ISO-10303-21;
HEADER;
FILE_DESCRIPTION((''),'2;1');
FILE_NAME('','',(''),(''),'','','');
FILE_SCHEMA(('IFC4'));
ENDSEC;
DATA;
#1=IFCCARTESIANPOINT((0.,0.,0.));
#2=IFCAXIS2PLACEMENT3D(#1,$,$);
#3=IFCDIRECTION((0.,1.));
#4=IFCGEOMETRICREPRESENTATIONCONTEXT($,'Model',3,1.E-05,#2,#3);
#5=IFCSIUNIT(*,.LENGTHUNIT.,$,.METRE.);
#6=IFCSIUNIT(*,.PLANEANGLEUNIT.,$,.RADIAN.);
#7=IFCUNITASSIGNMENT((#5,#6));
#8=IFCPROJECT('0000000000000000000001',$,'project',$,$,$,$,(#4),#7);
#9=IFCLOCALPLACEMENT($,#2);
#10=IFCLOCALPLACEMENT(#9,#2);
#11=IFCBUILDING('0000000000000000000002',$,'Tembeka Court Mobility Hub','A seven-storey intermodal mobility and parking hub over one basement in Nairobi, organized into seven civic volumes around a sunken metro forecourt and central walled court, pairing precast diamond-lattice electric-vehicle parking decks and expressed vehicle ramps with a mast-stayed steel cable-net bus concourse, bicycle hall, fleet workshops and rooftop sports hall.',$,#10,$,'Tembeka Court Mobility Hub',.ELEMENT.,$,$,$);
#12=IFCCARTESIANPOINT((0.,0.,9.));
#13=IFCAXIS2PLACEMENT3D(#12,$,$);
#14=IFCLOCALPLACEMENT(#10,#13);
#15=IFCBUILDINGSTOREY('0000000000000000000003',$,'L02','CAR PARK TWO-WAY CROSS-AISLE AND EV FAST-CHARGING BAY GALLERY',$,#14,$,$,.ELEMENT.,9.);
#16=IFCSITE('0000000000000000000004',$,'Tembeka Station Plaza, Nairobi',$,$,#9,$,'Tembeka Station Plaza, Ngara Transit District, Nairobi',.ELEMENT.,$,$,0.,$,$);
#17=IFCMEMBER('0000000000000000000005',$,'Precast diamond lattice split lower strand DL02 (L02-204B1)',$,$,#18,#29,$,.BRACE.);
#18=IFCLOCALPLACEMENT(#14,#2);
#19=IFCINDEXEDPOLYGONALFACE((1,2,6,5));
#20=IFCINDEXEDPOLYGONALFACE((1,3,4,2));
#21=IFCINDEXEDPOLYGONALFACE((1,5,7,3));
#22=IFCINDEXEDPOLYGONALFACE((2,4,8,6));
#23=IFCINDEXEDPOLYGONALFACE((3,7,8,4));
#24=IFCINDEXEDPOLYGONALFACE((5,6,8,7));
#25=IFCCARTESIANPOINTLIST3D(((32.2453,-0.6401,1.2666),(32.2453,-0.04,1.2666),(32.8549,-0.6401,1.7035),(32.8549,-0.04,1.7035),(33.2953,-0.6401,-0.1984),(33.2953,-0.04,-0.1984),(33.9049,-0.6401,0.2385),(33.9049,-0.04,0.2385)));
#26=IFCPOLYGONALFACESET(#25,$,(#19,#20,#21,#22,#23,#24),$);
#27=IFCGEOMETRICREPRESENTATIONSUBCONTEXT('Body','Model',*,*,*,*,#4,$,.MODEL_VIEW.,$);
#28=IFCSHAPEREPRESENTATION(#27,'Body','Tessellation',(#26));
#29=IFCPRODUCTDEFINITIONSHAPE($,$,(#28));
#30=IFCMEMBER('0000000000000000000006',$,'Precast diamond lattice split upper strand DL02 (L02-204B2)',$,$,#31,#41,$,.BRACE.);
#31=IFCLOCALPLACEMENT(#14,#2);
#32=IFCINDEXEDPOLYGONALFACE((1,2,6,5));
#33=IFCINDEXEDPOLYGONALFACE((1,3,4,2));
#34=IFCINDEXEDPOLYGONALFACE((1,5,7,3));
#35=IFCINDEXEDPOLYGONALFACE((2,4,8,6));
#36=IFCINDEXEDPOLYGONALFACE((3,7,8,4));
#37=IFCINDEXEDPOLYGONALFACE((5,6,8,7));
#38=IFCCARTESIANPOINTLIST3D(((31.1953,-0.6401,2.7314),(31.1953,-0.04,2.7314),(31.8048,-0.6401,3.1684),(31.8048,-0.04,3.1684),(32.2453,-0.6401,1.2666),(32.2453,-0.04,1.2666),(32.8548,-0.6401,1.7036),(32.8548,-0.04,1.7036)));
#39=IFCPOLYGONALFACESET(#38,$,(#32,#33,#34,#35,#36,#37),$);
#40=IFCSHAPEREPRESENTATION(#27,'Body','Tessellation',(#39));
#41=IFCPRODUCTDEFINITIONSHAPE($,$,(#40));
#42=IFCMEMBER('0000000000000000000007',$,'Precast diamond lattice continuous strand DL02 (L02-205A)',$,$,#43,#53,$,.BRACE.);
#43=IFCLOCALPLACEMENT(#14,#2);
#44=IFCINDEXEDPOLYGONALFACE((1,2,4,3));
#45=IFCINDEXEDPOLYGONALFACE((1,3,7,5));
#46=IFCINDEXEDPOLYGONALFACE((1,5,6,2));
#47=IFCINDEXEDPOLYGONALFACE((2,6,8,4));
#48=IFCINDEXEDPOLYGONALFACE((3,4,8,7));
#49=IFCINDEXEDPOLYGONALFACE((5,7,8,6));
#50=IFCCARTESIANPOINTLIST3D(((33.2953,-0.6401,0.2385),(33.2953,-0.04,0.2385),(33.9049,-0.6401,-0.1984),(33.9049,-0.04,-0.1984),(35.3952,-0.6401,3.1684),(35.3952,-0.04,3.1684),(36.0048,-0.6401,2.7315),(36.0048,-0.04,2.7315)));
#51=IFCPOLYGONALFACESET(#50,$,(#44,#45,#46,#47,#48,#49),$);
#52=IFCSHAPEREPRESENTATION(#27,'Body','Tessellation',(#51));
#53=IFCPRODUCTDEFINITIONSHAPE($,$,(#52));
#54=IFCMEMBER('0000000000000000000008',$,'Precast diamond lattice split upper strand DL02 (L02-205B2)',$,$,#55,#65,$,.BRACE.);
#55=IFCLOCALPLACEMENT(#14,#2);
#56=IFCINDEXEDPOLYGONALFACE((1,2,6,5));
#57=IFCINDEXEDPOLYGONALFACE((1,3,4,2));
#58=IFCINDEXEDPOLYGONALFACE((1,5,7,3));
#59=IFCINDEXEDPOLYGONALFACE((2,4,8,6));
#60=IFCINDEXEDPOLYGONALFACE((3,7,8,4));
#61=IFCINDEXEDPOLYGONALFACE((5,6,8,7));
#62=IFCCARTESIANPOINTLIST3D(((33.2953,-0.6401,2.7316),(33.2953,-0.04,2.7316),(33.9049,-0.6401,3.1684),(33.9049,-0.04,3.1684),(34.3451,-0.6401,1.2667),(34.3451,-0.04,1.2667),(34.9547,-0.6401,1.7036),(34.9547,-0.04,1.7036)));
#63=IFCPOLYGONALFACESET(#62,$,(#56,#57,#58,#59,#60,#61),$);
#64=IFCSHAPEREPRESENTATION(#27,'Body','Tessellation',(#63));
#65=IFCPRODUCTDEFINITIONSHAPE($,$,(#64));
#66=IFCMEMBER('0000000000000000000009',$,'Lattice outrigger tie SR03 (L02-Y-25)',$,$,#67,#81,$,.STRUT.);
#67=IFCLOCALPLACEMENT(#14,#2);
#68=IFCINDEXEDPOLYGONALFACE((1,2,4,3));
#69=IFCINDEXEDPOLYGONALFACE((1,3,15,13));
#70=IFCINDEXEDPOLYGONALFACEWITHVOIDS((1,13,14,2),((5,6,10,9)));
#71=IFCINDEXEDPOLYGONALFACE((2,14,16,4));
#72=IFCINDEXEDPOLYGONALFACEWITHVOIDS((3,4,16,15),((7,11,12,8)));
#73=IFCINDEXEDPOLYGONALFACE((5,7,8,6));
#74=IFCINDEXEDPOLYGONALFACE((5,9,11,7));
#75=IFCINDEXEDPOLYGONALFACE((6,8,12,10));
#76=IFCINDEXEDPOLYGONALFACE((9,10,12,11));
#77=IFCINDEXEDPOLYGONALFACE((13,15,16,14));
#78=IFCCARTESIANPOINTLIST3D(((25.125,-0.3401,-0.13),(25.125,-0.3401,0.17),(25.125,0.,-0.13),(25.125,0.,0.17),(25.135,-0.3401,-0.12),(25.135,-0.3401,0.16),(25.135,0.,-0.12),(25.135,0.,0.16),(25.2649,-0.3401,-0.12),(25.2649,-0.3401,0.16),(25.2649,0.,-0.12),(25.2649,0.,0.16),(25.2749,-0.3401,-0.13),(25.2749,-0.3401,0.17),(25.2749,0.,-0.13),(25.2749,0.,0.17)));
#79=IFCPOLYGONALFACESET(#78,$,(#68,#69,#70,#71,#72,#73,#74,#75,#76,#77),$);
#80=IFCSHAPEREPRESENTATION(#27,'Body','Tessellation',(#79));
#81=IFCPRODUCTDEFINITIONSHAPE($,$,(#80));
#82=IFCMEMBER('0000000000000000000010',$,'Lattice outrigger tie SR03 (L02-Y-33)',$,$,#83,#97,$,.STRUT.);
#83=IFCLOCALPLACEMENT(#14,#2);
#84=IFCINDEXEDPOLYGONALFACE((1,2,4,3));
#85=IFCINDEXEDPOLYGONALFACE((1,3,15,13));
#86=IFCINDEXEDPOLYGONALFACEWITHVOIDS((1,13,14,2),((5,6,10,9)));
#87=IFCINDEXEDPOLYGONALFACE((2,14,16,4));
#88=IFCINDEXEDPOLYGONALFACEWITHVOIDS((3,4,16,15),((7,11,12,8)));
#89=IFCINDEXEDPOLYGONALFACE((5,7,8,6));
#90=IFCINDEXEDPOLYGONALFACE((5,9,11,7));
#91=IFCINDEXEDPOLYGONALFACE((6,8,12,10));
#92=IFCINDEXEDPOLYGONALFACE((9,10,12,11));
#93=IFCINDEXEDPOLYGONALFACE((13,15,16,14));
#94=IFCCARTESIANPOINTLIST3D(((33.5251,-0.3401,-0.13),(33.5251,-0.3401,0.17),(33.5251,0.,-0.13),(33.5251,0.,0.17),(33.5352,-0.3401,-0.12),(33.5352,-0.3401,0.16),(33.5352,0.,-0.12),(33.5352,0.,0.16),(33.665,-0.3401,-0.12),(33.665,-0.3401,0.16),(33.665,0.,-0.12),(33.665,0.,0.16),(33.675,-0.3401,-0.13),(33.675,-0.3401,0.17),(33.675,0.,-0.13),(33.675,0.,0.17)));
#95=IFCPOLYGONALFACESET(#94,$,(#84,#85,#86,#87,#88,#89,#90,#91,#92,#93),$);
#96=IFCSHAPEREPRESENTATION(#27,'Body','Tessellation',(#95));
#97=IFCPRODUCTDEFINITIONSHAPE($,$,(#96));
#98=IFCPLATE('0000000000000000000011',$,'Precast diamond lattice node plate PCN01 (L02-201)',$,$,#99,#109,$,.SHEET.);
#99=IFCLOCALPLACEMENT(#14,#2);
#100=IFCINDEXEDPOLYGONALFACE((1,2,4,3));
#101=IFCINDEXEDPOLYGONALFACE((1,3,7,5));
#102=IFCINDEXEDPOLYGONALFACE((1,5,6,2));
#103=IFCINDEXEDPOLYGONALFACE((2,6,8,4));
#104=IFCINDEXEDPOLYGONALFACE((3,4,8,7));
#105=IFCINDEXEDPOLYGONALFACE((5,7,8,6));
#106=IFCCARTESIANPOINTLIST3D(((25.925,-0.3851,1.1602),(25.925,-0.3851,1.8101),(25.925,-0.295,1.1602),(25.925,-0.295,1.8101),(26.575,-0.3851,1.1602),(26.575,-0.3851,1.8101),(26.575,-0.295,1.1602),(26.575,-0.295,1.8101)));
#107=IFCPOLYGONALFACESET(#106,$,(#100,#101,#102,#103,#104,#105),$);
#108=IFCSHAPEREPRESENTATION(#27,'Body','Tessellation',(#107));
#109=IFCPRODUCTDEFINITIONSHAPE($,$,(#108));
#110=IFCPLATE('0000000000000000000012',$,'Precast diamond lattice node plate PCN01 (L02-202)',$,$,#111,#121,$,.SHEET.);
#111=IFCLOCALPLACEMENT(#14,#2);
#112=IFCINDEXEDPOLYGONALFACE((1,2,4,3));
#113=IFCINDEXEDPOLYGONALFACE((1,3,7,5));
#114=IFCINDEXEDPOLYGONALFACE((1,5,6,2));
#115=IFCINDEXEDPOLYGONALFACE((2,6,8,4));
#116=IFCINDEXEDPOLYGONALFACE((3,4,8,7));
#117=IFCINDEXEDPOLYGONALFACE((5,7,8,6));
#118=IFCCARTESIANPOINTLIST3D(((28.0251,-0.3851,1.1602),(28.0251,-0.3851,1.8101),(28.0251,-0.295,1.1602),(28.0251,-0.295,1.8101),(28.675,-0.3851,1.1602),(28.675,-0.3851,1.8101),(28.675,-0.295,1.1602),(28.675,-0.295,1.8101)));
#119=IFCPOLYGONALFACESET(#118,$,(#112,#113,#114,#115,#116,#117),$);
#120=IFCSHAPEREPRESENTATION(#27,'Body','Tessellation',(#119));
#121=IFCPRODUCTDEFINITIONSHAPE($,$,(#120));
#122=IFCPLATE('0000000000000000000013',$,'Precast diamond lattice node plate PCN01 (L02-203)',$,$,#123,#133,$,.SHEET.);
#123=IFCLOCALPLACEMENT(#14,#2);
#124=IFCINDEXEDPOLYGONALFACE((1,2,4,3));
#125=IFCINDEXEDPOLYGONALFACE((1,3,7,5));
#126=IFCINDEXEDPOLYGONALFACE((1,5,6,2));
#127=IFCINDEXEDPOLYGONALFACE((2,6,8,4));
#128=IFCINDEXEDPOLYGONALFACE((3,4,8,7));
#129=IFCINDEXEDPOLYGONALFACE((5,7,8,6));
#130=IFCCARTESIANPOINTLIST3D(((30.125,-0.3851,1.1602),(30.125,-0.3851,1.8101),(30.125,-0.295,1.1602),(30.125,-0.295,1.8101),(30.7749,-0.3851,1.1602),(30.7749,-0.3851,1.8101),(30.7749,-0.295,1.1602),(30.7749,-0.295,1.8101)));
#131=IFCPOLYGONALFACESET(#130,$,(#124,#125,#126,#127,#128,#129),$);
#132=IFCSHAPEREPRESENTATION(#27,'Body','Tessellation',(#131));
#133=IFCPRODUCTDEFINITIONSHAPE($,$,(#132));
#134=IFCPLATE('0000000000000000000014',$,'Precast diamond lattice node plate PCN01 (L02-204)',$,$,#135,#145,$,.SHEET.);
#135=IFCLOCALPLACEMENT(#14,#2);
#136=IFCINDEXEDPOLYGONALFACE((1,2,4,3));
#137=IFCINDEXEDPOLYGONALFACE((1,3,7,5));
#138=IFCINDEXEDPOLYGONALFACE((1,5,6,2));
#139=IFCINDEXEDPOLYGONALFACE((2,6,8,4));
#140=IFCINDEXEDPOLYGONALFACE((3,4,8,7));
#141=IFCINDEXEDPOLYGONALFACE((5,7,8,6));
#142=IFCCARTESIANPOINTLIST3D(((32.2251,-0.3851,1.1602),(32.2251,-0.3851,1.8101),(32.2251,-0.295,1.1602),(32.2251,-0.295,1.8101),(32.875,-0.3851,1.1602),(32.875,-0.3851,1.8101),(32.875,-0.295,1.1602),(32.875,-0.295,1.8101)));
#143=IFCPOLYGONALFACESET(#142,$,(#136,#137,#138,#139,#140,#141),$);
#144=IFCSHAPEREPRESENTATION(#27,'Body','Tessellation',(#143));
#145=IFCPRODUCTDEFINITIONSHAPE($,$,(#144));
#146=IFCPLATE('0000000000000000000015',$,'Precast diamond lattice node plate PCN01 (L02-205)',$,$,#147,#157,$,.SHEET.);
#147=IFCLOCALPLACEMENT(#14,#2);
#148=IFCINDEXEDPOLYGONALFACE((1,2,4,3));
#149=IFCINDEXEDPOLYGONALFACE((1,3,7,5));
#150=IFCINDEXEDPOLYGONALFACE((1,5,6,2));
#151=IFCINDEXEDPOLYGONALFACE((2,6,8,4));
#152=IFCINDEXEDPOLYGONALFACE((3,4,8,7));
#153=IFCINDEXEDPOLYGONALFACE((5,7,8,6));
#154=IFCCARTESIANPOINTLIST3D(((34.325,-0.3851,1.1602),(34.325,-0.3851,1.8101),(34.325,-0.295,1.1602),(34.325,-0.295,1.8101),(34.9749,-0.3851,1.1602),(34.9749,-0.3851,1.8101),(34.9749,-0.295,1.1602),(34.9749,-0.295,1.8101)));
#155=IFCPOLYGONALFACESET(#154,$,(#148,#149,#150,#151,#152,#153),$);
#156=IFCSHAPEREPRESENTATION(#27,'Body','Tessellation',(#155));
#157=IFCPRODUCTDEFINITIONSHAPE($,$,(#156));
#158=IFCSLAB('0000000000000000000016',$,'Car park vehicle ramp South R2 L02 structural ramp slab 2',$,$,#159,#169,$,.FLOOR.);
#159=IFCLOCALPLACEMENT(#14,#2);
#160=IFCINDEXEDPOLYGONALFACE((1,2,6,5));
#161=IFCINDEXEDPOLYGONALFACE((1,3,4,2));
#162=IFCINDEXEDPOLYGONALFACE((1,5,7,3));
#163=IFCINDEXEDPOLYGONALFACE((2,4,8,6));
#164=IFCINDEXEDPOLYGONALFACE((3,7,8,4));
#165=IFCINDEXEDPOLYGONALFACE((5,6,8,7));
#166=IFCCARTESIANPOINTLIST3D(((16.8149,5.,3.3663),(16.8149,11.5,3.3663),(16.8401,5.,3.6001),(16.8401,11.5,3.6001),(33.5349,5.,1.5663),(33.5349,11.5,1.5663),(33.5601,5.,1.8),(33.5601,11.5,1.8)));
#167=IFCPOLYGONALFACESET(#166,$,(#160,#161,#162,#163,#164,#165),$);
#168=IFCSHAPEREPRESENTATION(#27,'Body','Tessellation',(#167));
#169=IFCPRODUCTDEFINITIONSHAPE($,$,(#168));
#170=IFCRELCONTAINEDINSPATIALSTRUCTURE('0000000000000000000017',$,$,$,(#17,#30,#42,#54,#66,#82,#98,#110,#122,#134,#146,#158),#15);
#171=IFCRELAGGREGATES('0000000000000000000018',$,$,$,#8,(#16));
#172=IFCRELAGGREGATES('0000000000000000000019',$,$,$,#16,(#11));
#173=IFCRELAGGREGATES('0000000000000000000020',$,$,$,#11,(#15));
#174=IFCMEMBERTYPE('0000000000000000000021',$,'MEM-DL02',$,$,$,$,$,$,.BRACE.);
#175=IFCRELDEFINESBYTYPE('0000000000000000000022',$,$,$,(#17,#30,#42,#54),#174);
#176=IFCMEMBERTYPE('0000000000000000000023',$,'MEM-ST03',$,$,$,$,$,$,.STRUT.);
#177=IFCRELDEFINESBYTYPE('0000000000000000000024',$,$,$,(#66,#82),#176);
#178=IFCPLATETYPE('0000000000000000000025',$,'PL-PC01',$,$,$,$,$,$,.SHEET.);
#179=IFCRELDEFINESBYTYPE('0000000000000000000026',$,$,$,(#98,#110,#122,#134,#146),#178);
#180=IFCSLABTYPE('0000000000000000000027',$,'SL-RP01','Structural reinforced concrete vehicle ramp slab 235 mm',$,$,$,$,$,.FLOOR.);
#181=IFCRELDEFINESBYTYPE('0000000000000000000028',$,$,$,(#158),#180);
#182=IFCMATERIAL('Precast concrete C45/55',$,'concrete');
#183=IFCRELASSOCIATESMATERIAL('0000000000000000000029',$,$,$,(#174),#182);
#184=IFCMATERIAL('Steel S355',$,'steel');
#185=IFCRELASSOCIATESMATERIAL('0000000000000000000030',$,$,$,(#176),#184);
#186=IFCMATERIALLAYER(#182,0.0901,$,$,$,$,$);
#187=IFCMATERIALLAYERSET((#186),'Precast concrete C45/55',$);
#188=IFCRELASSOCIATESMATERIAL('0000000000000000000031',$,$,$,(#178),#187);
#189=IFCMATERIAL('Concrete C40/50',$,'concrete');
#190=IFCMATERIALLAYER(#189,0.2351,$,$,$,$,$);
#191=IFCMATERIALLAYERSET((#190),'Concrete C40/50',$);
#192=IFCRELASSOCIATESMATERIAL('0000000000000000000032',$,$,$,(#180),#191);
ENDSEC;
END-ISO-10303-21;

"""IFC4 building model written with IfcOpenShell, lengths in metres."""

from ifc_helpers import new_model, si_unit, direction, frame, origin, origin_2d, place, context, subcontext, project, spatial, polyline, rectangle, hollow_rectangle, outline, extrude, material, layer, layer_set, material_profile, profile_set, type_object, element, save


model = new_model("IFC4")

# Units and contexts
model_context = context("Model", 3, precision=1e-05, world=origin(), true_north=direction((0.0, 1.0)))
body_context = subcontext(model_context, "Body", "Model", "MODEL_VIEW")
ifc_project = project(units=[si_unit("LENGTHUNIT", "METRE"), si_unit("PLANEANGLEUNIT", "RADIAN")], contexts=[model_context])

# Site, building, storey
site_placement = place(None, origin())
site = spatial("IfcSite", under=ifc_project, at=site_placement, Name="Tembeka Station Plaza, Nairobi", LongName="Tembeka Station Plaza, Ngara Transit District, Nairobi", CompositionType="ELEMENT", RefElevation=0.0)
building_placement = place(site_placement, origin())
building = spatial("IfcBuilding", under=site, at=building_placement, Name="Tembeka Court Mobility Hub", Description="A seven-storey intermodal mobility and parking hub over one basement in Nairobi, organized into seven civic volumes around a sunken metro forecourt and central walled court, pairing precast diamond-lattice electric-vehicle parking decks and expressed vehicle ramps with a mast-stayed steel cable-net bus concourse, bicycle hall, fleet workshops and rooftop sports hall.", LongName="Tembeka Court Mobility Hub", CompositionType="ELEMENT")
storey_placement = place(building_placement, frame((0.0, 0.0, 9.0)))
storey = spatial("IfcBuildingStorey", under=building, at=storey_placement, Name="L02", Description="CAR PARK TWO-WAY CROSS-AISLE AND EV FAST-CHARGING BAY GALLERY", CompositionType="ELEMENT", Elevation=9.0)

# Shared definitions
ifc_material_1 = material(Name="Steel S355", Category="steel")

# Shared definitions
ifc_material_2 = material(Name="Concrete C40/50", Category="concrete")
ifc_material_3 = material(Name="Precast concrete C45/55", Category="concrete")

# Members
ifc_material_profile_1 = material_profile(ifc_material_3, rectangle(XDim=0.6001, YDim=0.75, at=origin_2d()), Name="PC-DIAG 600x750")
ifc_profile_set_1 = profile_set([ifc_material_profile_1], Name="Precast concrete C45/55")
member_type_1 = type_object("IfcMemberType", Name="MEM-DL02", PredefinedType="BRACE", material=ifc_profile_set_1)
member_1_placement = place(storey_placement, frame((33.6001, -0.3401, 0.02), z_axis=(-0.582544, 0.0, 0.812799), x_axis=(0.0, -1.0, 0.0)))
element("IfcMember", 1, at=member_1_placement, inside=storey, type_object=member_type_1, Name="Precast diamond lattice split lower strand DL02 (L02-204B1)", PredefinedType="BRACE", context=body_context, shape_type="SweptSolid", body=[
    extrude(rectangle(XDim=0.6001, YDim=0.75, at=origin_2d()), origin(), (0.0, 0.0, 1.0), 1.8025),
])
member_2_placement = place(storey_placement, frame((32.55, -0.3401, 1.4851), z_axis=(-0.582608, 0.0, 0.812753), x_axis=(0.0, -1.0, 0.0)))
element("IfcMember", 2, at=member_2_placement, inside=storey, type_object=member_type_1, Name="Precast diamond lattice split upper strand DL02 (L02-204B2)", PredefinedType="BRACE", context=body_context, shape_type="SweptSolid", body=[
    extrude(rectangle(XDim=0.6001, YDim=0.75, at=origin_2d()), origin(), (0.0, 0.0, 1.0), 1.8022),
])
member_3_placement = place(storey_placement, frame((33.6001, -0.3401, 0.02), z_axis=(0.582532, 0.0, 0.812808), x_axis=(0.0, 1.0, 0.0)))
element("IfcMember", 3, at=member_3_placement, inside=storey, type_object=member_type_1, Name="Precast diamond lattice continuous strand DL02 (L02-205A)", PredefinedType="BRACE", context=body_context, shape_type="SweptSolid", body=[
    extrude(rectangle(XDim=0.6001, YDim=0.75, at=origin_2d()), origin(), (0.0, 0.0, 1.0), 3.6047),
])
member_4_placement = place(storey_placement, frame((34.6499, -0.3401, 1.4851), z_axis=(-0.582519, 0.0, 0.812817), x_axis=(0.0, -1.0, 0.0)))
element("IfcMember", 4, at=member_4_placement, inside=storey, type_object=member_type_1, Name="Precast diamond lattice split upper strand DL02 (L02-205B2)", PredefinedType="BRACE", context=body_context, shape_type="SweptSolid", body=[
    extrude(rectangle(XDim=0.6001, YDim=0.75, at=origin_2d()), origin(), (0.0, 0.0, 1.0), 1.8022),
])
ifc_material_profile_2 = material_profile(ifc_material_1, hollow_rectangle(XDim=0.1499, YDim=0.3, WallThickness=0.01, at=origin_2d()), Name="RHS 300x150x10")
ifc_profile_set_2 = profile_set([ifc_material_profile_2], Name="Steel S355")
member_type_2 = type_object("IfcMemberType", Name="MEM-ST03", PredefinedType="STRUT", material=ifc_profile_set_2)
for number, where, z_axis, x_axis, name in (
    (5, (25.2, 0.0, 0.02), (0.0, -1.0, 0.0), (1.0, 0.0, 0.0), "Lattice outrigger tie SR03 (L02-Y-25)"),
    (6, (33.6001, 0.0, 0.02), (0.0, -1.0, 0.0), (1.0, 0.0, 0.0), "Lattice outrigger tie SR03 (L02-Y-33)"),
):
    element("IfcMember", number, at=place(storey_placement, frame(where, z_axis=z_axis, x_axis=x_axis)), inside=storey, type_object=member_type_2, Name=name, PredefinedType="STRUT", context=body_context, shape_type="SweptSolid", body=[
        extrude(hollow_rectangle(XDim=0.1499, YDim=0.3, WallThickness=0.01, at=origin_2d()), origin(), (0.0, 0.0, 1.0), 0.3401),
    ])

# Plates
ifc_layer_1 = layer(ifc_material_3, 0.0901)
ifc_layer_set_1 = layer_set([ifc_layer_1], Name="Precast concrete C45/55")
plate_type = type_object("IfcPlateType", Name="PL-PC01", PredefinedType="SHEET", material=ifc_layer_set_1)
for number, where, z_axis, x_axis, name in (
    (7, (26.25, -0.3401, 1.1602), (0.0, 0.0, 1.0), (1.0, 0.0, 0.0), "Precast diamond lattice node plate PCN01 (L02-201)"),
    (8, (28.3501, -0.3401, 1.1602), (0.0, 0.0, 1.0), (1.0, 0.0, 0.0), "Precast diamond lattice node plate PCN01 (L02-202)"),
    (9, (30.45, -0.3401, 1.1602), (0.0, 0.0, 1.0), (1.0, 0.0, 0.0), "Precast diamond lattice node plate PCN01 (L02-203)"),
    (10, (32.55, -0.3401, 1.1602), (0.0, 0.0, 1.0), (1.0, 0.0, 0.0), "Precast diamond lattice node plate PCN01 (L02-204)"),
    (11, (34.6499, -0.3401, 1.1602), (0.0, 0.0, 1.0), (1.0, 0.0, 0.0), "Precast diamond lattice node plate PCN01 (L02-205)"),
):
    element("IfcPlate", number, at=place(storey_placement, frame(where, z_axis=z_axis, x_axis=x_axis)), inside=storey, type_object=plate_type, Name=name, PredefinedType="SHEET", context=body_context, shape_type="SweptSolid", body=[
        extrude(rectangle(XDim=0.6499, YDim=0.0901, at=origin_2d()), origin(), (0.0, 0.0, 1.0), 0.6499),
    ])

# Slab
ifc_layer_2 = layer(ifc_material_2, 0.2351)
ifc_layer_set_2 = layer_set([ifc_layer_2], Name="Concrete C40/50")
slab_type = type_object("IfcSlabType", Name="SL-RP01", Description="Structural reinforced concrete vehicle ramp slab 235 mm", PredefinedType="FLOOR", material=ifc_layer_set_2)
slab_placement = place(storey_placement, frame((33.5601, 5.0, 1.8), z_axis=(0.10704, 0.0, 0.994255), x_axis=(-0.994255, 0.0, 0.10704)))
element("IfcSlab", 12, at=slab_placement, inside=storey, type_object=slab_type, Name="Car park vehicle ramp South R2 L02 structural ramp slab 2", PredefinedType="FLOOR", context=body_context, shape_type="SweptSolid", body=[
    extrude(outline(polyline([(0.0, 0.0), (16.8166, 0.0), (16.8166, -6.5), (0.0, -6.5), (0.0, 0.0)])), origin(), (0.0, 0.0, -1.0), 0.2351),
])

save(model, "model.ifc")
